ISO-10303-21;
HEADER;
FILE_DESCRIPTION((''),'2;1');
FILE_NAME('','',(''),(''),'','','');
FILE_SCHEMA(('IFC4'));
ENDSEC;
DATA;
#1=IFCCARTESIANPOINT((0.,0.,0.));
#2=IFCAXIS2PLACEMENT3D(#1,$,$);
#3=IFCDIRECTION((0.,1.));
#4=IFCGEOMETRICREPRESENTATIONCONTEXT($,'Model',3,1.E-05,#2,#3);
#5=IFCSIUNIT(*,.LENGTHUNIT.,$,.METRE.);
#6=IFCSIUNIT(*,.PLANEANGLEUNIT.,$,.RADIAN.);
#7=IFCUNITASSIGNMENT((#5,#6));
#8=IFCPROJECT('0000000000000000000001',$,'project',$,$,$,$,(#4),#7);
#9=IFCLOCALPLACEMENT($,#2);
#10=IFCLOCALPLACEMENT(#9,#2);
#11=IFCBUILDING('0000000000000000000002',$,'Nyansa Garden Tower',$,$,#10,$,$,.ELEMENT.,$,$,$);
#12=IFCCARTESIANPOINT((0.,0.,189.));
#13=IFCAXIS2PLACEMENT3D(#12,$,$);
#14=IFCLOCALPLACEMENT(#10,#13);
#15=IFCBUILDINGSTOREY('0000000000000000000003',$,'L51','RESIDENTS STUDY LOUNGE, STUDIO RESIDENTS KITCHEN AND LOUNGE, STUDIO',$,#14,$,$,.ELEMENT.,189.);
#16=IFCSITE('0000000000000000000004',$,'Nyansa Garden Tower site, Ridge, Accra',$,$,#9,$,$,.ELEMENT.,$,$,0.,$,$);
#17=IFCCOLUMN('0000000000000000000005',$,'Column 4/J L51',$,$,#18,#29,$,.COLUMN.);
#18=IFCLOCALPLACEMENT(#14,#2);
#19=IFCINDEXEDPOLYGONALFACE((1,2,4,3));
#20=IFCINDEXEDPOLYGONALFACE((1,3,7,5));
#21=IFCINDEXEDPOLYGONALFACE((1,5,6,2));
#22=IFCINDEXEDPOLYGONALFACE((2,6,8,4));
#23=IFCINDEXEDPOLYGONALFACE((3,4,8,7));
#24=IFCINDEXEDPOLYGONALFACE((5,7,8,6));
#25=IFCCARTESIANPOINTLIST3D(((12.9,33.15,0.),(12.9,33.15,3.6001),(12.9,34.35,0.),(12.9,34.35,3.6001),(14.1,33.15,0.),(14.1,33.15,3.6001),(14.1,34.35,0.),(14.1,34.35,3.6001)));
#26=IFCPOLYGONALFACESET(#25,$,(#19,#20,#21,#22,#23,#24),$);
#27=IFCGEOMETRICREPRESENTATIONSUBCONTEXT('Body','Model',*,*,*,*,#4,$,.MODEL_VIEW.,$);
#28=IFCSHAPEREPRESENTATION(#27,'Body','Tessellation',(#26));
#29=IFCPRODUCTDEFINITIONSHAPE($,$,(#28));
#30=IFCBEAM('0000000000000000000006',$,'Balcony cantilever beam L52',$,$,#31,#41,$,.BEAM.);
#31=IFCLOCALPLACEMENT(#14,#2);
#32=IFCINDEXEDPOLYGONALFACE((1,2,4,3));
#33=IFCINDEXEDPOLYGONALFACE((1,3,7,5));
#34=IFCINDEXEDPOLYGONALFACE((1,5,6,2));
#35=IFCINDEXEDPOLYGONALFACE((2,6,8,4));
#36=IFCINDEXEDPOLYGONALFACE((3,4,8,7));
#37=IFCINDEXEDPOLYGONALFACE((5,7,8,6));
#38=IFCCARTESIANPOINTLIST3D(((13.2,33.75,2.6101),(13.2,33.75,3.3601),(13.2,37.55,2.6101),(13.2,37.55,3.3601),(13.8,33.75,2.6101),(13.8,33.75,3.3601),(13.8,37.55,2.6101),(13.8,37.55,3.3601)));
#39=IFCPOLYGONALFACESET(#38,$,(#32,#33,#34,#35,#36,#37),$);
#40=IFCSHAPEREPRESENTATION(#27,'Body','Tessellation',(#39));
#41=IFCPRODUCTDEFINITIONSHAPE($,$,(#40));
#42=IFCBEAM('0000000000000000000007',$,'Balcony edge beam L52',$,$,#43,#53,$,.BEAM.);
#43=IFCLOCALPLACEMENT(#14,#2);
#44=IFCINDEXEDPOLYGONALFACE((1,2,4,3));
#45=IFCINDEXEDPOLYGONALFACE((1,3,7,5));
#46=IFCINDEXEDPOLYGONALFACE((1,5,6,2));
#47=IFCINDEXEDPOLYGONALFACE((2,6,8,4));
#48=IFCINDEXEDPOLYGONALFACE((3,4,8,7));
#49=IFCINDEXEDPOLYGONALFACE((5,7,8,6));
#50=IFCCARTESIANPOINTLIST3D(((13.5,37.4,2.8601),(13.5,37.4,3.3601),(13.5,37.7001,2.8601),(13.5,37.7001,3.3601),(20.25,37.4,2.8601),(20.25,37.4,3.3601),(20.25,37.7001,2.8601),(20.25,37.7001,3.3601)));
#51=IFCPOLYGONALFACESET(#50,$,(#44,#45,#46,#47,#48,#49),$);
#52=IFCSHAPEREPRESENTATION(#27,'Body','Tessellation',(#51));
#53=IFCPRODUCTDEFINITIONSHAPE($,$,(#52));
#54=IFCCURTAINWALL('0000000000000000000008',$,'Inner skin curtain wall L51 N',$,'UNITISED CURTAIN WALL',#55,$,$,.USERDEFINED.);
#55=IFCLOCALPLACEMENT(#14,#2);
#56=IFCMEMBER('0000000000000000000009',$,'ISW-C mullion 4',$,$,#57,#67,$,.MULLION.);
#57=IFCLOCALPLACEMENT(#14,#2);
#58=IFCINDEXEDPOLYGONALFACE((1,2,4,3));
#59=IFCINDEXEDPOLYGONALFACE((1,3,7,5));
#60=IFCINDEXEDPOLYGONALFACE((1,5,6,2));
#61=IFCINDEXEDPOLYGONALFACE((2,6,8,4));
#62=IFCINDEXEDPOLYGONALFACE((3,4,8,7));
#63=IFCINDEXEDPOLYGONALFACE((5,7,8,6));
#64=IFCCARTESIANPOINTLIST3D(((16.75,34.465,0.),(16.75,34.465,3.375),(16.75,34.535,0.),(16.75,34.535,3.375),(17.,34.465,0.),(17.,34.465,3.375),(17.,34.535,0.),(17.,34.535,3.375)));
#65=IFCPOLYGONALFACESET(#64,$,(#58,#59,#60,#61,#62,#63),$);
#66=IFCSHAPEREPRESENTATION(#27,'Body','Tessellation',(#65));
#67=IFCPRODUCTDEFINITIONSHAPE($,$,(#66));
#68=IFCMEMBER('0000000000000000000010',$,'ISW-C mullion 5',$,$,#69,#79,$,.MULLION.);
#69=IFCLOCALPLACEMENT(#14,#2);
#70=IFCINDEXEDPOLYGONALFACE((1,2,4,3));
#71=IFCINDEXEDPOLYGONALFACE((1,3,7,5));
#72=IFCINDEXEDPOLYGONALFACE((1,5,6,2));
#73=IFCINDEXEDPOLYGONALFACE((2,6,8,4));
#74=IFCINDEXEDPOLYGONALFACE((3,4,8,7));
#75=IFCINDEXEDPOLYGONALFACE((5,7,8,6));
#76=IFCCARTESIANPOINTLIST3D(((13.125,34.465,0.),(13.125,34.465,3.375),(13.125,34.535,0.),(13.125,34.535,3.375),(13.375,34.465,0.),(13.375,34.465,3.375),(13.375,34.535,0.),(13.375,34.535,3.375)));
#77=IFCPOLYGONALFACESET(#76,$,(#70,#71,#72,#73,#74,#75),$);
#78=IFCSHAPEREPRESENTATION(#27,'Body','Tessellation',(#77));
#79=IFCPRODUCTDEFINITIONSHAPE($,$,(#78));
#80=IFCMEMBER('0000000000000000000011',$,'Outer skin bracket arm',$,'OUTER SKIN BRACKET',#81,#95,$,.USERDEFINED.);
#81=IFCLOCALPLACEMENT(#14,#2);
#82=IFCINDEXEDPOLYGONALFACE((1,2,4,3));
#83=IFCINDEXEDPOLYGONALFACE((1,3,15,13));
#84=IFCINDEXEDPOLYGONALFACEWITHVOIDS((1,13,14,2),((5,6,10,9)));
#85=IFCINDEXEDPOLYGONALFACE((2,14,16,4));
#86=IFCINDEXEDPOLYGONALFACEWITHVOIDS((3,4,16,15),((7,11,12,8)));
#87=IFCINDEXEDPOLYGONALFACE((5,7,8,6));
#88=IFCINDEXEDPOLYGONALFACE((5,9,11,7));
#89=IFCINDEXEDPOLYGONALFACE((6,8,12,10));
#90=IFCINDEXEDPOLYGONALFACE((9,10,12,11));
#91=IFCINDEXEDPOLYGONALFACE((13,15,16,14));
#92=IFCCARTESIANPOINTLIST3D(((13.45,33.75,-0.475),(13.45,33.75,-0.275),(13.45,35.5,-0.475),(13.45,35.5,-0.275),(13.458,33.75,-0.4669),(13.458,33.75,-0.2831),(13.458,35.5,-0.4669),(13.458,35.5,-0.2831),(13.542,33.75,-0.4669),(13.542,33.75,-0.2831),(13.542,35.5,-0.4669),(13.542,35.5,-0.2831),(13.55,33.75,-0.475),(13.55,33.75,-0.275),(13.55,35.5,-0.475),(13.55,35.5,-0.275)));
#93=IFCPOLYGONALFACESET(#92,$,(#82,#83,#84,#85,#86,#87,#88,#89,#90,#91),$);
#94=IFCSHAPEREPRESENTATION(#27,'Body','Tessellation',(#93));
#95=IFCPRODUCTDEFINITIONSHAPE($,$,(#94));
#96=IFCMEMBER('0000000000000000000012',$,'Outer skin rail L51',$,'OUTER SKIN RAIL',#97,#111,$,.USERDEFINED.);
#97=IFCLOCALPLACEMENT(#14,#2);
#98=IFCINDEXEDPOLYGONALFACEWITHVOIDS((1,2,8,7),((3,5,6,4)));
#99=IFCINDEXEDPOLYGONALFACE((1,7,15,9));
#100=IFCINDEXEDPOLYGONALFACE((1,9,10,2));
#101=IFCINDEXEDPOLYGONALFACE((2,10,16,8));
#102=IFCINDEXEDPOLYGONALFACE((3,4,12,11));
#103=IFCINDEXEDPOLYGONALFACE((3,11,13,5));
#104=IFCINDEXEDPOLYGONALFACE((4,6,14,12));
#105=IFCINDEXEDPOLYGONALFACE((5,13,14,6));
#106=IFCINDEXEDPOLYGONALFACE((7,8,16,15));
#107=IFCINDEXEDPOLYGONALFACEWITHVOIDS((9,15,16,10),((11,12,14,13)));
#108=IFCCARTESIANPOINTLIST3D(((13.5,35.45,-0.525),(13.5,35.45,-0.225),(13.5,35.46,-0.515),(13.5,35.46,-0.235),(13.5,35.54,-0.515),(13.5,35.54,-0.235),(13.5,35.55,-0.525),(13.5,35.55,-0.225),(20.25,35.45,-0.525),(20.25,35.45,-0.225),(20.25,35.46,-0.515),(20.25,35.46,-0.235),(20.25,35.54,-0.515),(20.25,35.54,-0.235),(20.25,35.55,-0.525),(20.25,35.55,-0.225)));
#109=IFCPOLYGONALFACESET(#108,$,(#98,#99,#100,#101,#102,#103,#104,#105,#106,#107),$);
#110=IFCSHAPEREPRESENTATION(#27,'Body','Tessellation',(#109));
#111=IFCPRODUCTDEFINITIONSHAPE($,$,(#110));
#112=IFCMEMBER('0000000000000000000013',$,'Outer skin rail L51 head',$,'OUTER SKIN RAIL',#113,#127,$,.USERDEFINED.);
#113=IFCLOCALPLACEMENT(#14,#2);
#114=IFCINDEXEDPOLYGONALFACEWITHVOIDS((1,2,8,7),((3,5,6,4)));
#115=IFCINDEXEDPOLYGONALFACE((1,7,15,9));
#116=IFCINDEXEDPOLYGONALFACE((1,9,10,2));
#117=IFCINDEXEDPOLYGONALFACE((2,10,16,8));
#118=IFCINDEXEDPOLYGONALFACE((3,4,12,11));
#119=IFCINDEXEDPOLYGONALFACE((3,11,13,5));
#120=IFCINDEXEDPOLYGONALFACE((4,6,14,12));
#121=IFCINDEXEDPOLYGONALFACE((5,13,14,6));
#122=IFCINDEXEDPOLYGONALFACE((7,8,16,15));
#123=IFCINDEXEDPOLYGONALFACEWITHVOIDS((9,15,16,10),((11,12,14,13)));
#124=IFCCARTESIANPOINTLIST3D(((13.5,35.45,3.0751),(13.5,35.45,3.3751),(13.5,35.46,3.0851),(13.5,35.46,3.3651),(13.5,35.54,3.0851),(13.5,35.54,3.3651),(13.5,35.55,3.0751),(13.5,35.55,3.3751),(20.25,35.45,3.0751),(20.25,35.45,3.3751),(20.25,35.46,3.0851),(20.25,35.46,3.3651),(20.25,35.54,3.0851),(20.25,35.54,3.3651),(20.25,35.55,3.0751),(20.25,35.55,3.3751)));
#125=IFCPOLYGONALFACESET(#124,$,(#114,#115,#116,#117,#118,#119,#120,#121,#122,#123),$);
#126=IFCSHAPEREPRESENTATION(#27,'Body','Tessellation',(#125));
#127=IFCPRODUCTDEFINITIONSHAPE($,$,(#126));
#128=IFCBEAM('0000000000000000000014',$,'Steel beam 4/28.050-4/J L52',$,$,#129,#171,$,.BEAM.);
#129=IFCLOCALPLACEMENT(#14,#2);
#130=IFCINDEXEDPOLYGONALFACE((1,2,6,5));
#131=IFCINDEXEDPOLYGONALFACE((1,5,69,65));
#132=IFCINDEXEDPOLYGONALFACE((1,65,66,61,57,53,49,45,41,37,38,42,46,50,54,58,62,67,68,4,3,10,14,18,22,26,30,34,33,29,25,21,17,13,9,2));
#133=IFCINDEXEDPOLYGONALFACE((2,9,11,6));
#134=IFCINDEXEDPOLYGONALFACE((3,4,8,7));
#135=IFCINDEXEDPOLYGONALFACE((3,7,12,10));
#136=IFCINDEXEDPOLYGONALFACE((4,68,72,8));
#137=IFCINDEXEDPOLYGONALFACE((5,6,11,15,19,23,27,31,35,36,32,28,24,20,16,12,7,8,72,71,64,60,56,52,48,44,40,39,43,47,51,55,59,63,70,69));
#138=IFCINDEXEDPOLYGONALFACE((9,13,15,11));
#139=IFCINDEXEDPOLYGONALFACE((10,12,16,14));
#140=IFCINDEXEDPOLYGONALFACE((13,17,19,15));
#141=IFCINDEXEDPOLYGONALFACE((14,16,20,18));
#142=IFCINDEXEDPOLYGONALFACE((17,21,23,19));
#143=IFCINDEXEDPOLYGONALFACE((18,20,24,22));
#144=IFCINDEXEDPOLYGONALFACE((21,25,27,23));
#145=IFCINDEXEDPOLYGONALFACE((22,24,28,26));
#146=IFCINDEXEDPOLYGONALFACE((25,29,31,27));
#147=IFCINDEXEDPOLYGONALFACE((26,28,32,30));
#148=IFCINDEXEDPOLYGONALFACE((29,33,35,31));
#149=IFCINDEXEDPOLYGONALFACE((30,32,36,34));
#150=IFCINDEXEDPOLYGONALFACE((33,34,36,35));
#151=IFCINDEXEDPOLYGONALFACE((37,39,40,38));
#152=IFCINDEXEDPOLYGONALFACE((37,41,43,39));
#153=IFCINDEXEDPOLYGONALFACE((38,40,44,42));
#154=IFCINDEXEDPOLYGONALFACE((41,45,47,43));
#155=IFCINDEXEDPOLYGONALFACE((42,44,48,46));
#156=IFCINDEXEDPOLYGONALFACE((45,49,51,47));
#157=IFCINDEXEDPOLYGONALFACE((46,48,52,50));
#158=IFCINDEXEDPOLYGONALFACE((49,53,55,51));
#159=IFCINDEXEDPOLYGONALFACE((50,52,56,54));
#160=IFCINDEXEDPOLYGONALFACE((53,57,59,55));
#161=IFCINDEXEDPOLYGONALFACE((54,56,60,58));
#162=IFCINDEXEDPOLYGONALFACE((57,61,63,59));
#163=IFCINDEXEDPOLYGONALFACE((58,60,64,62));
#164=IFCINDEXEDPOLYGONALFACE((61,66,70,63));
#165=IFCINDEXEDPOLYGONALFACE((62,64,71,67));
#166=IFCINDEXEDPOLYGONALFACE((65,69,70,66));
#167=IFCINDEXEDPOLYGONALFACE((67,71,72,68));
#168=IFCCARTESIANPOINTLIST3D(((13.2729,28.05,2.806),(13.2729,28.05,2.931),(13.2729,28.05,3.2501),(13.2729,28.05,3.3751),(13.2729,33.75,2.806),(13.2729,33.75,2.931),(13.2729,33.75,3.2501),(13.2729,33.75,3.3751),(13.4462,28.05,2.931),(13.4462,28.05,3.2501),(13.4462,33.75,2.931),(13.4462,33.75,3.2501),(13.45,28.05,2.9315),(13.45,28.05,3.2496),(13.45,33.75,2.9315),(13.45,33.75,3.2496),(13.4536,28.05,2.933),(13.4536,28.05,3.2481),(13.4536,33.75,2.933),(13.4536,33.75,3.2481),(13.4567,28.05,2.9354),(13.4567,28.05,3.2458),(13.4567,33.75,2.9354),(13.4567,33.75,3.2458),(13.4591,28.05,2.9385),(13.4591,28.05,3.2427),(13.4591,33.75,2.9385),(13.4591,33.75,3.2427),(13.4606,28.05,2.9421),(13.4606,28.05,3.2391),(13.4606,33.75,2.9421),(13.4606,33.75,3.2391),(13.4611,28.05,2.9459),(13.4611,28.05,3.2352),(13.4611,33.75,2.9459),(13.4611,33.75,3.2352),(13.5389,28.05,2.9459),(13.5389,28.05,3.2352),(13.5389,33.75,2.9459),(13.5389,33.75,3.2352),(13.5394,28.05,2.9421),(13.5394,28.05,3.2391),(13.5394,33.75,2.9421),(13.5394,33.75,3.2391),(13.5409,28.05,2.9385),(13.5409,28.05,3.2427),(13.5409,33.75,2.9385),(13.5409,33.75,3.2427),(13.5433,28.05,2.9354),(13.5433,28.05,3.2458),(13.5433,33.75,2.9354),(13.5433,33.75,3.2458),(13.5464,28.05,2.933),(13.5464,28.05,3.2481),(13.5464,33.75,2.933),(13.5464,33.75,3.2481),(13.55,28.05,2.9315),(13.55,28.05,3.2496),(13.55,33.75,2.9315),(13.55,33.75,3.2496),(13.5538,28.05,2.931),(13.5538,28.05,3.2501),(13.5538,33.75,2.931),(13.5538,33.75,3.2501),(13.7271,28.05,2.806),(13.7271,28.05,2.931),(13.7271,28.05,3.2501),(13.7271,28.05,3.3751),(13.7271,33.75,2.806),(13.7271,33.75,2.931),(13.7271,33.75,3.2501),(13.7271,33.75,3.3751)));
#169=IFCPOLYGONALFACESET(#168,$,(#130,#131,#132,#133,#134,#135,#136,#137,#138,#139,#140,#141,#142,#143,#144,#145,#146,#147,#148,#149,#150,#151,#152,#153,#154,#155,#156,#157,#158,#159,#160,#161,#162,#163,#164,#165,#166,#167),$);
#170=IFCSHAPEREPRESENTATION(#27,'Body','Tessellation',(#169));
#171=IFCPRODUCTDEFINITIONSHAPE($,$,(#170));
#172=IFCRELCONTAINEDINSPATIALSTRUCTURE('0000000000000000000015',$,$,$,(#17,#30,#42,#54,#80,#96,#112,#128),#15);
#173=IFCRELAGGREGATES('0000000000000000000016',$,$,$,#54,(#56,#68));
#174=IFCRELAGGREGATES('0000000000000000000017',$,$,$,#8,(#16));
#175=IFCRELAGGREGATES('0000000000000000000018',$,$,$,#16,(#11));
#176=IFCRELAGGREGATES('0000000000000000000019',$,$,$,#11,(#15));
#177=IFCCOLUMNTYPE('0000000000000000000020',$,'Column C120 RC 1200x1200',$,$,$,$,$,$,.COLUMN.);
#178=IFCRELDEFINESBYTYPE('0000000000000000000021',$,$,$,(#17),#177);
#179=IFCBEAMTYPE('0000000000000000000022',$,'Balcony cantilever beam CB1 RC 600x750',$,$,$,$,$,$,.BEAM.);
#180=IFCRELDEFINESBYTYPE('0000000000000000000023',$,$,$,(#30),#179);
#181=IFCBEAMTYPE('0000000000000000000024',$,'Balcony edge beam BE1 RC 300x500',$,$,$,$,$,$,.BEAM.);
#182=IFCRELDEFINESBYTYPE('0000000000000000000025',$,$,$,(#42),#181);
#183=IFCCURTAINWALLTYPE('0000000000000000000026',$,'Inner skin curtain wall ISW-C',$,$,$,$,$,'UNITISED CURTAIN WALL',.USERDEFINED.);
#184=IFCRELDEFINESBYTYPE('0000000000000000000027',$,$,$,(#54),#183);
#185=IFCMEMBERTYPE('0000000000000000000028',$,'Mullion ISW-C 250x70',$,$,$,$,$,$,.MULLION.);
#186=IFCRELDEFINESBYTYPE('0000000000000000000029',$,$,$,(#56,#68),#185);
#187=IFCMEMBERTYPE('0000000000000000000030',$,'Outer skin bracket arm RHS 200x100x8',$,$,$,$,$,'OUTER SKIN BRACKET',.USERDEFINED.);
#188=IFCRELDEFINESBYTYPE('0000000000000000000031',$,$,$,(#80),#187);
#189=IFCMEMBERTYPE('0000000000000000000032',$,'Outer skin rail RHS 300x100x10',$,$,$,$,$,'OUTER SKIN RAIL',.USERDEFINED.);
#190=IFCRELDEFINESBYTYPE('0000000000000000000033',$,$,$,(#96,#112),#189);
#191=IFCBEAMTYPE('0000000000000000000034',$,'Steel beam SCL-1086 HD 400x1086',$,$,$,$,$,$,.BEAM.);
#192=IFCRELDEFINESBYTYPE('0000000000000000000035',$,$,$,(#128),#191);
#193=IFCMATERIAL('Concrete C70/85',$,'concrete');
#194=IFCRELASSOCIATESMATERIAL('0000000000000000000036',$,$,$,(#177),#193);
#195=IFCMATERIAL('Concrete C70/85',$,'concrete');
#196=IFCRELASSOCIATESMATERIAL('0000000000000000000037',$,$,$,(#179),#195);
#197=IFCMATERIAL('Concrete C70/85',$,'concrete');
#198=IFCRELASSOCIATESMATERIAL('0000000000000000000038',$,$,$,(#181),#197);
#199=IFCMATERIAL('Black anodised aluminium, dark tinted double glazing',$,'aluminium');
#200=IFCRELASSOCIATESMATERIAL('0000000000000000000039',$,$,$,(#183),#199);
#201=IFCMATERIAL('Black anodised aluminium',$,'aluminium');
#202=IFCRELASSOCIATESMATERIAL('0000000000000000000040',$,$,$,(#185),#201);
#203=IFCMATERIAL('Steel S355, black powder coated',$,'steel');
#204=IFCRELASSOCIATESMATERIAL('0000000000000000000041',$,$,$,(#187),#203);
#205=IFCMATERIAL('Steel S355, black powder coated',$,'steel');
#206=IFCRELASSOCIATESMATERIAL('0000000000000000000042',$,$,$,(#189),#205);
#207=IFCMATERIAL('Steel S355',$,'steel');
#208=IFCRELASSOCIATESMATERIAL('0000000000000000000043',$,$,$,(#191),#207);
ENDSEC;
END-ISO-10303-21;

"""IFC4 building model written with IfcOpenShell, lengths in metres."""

from ifc_helpers import new_model, si_unit, direction, frame, origin, origin_2d, place, context, subcontext, project, spatial, rectangle, hollow_rectangle, i_section, extrude, material, material_profile, profile_set, type_object, element, aggregate, save


model = new_model("IFC4")

# Units and contexts
model_context = context("Model", 3, precision=1e-05, world=origin(), true_north=direction((0.0, 1.0)))
body_context = subcontext(model_context, "Body", "Model", "MODEL_VIEW")
ifc_project = project(units=[si_unit("LENGTHUNIT", "METRE"), si_unit("PLANEANGLEUNIT", "RADIAN")], contexts=[model_context])

# Site, building, storey
site_placement = place(None, origin())
site = spatial("IfcSite", under=ifc_project, at=site_placement, Name="Nyansa Garden Tower site, Ridge, Accra", CompositionType="ELEMENT", RefElevation=0.0)
building_placement = place(site_placement, origin())
building = spatial("IfcBuilding", under=site, at=building_placement, Name="Nyansa Garden Tower", CompositionType="ELEMENT")
storey_placement = place(building_placement, frame((0.0, 0.0, 189.0)))
storey = spatial("IfcBuildingStorey", under=building, at=storey_placement, Name="L51", Description="RESIDENTS STUDY LOUNGE, STUDIO RESIDENTS KITCHEN AND LOUNGE, STUDIO", CompositionType="ELEMENT", Elevation=189.0)

# Column
ifc_material_1 = material(Name="Concrete C70/85", Category="concrete")
ifc_material_profile_1 = material_profile(ifc_material_1, rectangle(XDim=1.2, YDim=1.2, at=origin_2d()), Name="RC 1200x1200")
ifc_profile_set_1 = profile_set([ifc_material_profile_1], Name="Concrete C70/85")
column_type = type_object("IfcColumnType", Name="Column C120 RC 1200x1200", PredefinedType="COLUMN", material=ifc_profile_set_1)
column_placement = place(storey_placement, frame((13.5, 33.75, 0.0), z_axis=(0.0, 0.0, 1.0), x_axis=(1.0, 0.0, 0.0)))
element("IfcColumn", 1, at=column_placement, inside=storey, type_object=column_type, Name="Column 4/J L51", PredefinedType="COLUMN", context=body_context, shape_type="SweptSolid", body=[
    extrude(rectangle(XDim=1.2, YDim=1.2, at=origin_2d()), origin(), (0.0, 0.0, 1.0), 3.6001),
])

# Beams
ifc_material_2 = material(Name="Concrete C70/85", Category="concrete")
ifc_material_profile_2 = material_profile(ifc_material_2, rectangle(XDim=0.6001, YDim=0.75, at=origin_2d()), Name="RC 600x750")
ifc_profile_set_2 = profile_set([ifc_material_profile_2], Name="Concrete C70/85")
beam_type_1 = type_object("IfcBeamType", Name="Balcony cantilever beam CB1 RC 600x750", PredefinedType="BEAM", material=ifc_profile_set_2)
beam_1_placement = place(storey_placement, frame((13.5, 33.75, 2.9851), z_axis=(0.0, 1.0, 0.0), x_axis=(-1.0, 0.0, 0.0)))
element("IfcBeam", 2, at=beam_1_placement, inside=storey, type_object=beam_type_1, Name="Balcony cantilever beam L52", PredefinedType="BEAM", context=body_context, shape_type="SweptSolid", body=[
    extrude(rectangle(XDim=0.6001, YDim=0.75, at=origin_2d()), origin(), (0.0, 0.0, 1.0), 3.8),
])
ifc_material_3 = material(Name="Concrete C70/85", Category="concrete")
ifc_material_profile_3 = material_profile(ifc_material_3, rectangle(XDim=0.3, YDim=0.5, at=origin_2d()), Name="RC 300x500")
ifc_profile_set_3 = profile_set([ifc_material_profile_3], Name="Concrete C70/85")
beam_type_2 = type_object("IfcBeamType", Name="Balcony edge beam BE1 RC 300x500", PredefinedType="BEAM", material=ifc_profile_set_3)
beam_2_placement = place(storey_placement, frame((13.5, 37.55, 3.1101), z_axis=(1.0, 0.0, 0.0), x_axis=(0.0, 1.0, 0.0)))
element("IfcBeam", 3, at=beam_2_placement, inside=storey, type_object=beam_type_2, Name="Balcony edge beam L52", PredefinedType="BEAM", context=body_context, shape_type="SweptSolid", body=[
    extrude(rectangle(XDim=0.3, YDim=0.5, at=origin_2d()), origin(), (0.0, 0.0, 1.0), 6.75),
])

# Curtain wall, members
ifc_material_4 = material(Name="Black anodised aluminium, dark tinted double glazing", Category="aluminium")
curtain_wall_type = type_object("IfcCurtainWallType", Name="Inner skin curtain wall ISW-C", ElementType="UNITISED CURTAIN WALL", PredefinedType="USERDEFINED", material=ifc_material_4)
curtain_wall_placement = place(storey_placement, origin())
curtain_wall = element("IfcCurtainWall", 4, at=curtain_wall_placement, inside=storey, type_object=curtain_wall_type, Name="Inner skin curtain wall L51 N", ObjectType="UNITISED CURTAIN WALL", PredefinedType="USERDEFINED")
ifc_material_5 = material(Name="Black anodised aluminium", Category="aluminium")
ifc_material_profile_4 = material_profile(ifc_material_5, rectangle(XDim=0.0701, YDim=0.25, at=origin_2d()), Name="Mullion 250x70")
ifc_profile_set_4 = profile_set([ifc_material_profile_4], Name="Black anodised aluminium")
member_type_1 = type_object("IfcMemberType", Name="Mullion ISW-C 250x70", PredefinedType="MULLION", material=ifc_profile_set_4)
member_1_placement = place(storey_placement, frame((16.875, 34.5, 0.0), z_axis=(0.0, 0.0, 1.0), x_axis=(0.0, -1.0, 0.0)))
member_1 = element("IfcMember", 5, at=member_1_placement, type_object=member_type_1, Name="ISW-C mullion 4", PredefinedType="MULLION", context=body_context, shape_type="SweptSolid", body=[
    extrude(rectangle(XDim=0.0701, YDim=0.25, at=origin_2d()), origin(), (0.0, 0.0, 1.0), 3.375),
])
member_2_placement = place(storey_placement, frame((13.25, 34.5, 0.0), z_axis=(0.0, 0.0, 1.0), x_axis=(0.0, -1.0, 0.0)))
member_2 = element("IfcMember", 6, at=member_2_placement, type_object=member_type_1, Name="ISW-C mullion 5", PredefinedType="MULLION", context=body_context, shape_type="SweptSolid", body=[
    extrude(rectangle(XDim=0.0701, YDim=0.25, at=origin_2d()), origin(), (0.0, 0.0, 1.0), 3.375),
])

# Members
ifc_material_6 = material(Name="Steel S355, black powder coated", Category="steel")
ifc_material_profile_5 = material_profile(ifc_material_6, hollow_rectangle(XDim=0.1001, YDim=0.2, WallThickness=0.0081, at=origin_2d()), Name="RHS 200x100x8")
ifc_profile_set_5 = profile_set([ifc_material_profile_5], Name="Steel S355, black powder coated")
member_type_2 = type_object("IfcMemberType", Name="Outer skin bracket arm RHS 200x100x8", ElementType="OUTER SKIN BRACKET", PredefinedType="USERDEFINED", material=ifc_profile_set_5)
member_3_placement = place(storey_placement, frame((13.5, 33.75, -0.375), z_axis=(0.0, 1.0, 0.0), x_axis=(-1.0, 0.0, 0.0)))
element("IfcMember", 7, at=member_3_placement, inside=storey, type_object=member_type_2, Name="Outer skin bracket arm", ObjectType="OUTER SKIN BRACKET", PredefinedType="USERDEFINED", context=body_context, shape_type="SweptSolid", body=[
    extrude(hollow_rectangle(XDim=0.1001, YDim=0.2, WallThickness=0.0081, at=origin_2d()), origin(), (0.0, 0.0, 1.0), 1.75),
])
ifc_material_7 = material(Name="Steel S355, black powder coated", Category="steel")
ifc_material_profile_6 = material_profile(ifc_material_7, hollow_rectangle(XDim=0.1001, YDim=0.3, WallThickness=0.01, at=origin_2d()), Name="RHS 300x100x10")
ifc_profile_set_6 = profile_set([ifc_material_profile_6], Name="Steel S355, black powder coated")
member_type_3 = type_object("IfcMemberType", Name="Outer skin rail RHS 300x100x10", ElementType="OUTER SKIN RAIL", PredefinedType="USERDEFINED", material=ifc_profile_set_6)
for number, where, z_axis, x_axis, name in (
    (8, (13.5, 35.5, -0.375), (1.0, 0.0, 0.0), (0.0, 1.0, 0.0), "Outer skin rail L51"),
    (9, (13.5, 35.5, 3.2251), (1.0, 0.0, 0.0), (0.0, 1.0, 0.0), "Outer skin rail L51 head"),
):
    element("IfcMember", number, at=place(storey_placement, frame(where, z_axis=z_axis, x_axis=x_axis)), inside=storey, type_object=member_type_3, Name=name, ObjectType="OUTER SKIN RAIL", PredefinedType="USERDEFINED", context=body_context, shape_type="SweptSolid", body=[
        extrude(hollow_rectangle(XDim=0.1001, YDim=0.3, WallThickness=0.01, at=origin_2d()), origin(), (0.0, 0.0, 1.0), 6.75),
    ])

# Beam
ifc_material_8 = material(Name="Steel S355", Category="steel")
ifc_material_profile_7 = material_profile(ifc_material_8, i_section(OverallWidth=0.4541, OverallDepth=0.5691, WebThickness=0.0779, FlangeThickness=0.125, FilletRadius=0.0149, at=origin_2d()), Name="HD 400x1086")
ifc_profile_set_7 = profile_set([ifc_material_profile_7], Name="Steel S355")
beam_type_3 = type_object("IfcBeamType", Name="Steel beam SCL-1086 HD 400x1086", PredefinedType="BEAM", material=ifc_profile_set_7)
beam_3_placement = place(storey_placement, frame((13.5, 28.05, 3.0906), z_axis=(0.0, 1.0, 0.0), x_axis=(-1.0, 0.0, 0.0)))
element("IfcBeam", 10, at=beam_3_placement, inside=storey, type_object=beam_type_3, Name="Steel beam 4/28.050-4/J L52", PredefinedType="BEAM", context=body_context, shape_type="SweptSolid", body=[
    extrude(i_section(OverallWidth=0.4541, OverallDepth=0.5691, WebThickness=0.0779, FlangeThickness=0.125, FilletRadius=0.0149, at=origin_2d()), origin(), (0.0, 0.0, 1.0), 5.7),
])

aggregate(curtain_wall, [member_1, member_2])

save(model, "model.ifc")
